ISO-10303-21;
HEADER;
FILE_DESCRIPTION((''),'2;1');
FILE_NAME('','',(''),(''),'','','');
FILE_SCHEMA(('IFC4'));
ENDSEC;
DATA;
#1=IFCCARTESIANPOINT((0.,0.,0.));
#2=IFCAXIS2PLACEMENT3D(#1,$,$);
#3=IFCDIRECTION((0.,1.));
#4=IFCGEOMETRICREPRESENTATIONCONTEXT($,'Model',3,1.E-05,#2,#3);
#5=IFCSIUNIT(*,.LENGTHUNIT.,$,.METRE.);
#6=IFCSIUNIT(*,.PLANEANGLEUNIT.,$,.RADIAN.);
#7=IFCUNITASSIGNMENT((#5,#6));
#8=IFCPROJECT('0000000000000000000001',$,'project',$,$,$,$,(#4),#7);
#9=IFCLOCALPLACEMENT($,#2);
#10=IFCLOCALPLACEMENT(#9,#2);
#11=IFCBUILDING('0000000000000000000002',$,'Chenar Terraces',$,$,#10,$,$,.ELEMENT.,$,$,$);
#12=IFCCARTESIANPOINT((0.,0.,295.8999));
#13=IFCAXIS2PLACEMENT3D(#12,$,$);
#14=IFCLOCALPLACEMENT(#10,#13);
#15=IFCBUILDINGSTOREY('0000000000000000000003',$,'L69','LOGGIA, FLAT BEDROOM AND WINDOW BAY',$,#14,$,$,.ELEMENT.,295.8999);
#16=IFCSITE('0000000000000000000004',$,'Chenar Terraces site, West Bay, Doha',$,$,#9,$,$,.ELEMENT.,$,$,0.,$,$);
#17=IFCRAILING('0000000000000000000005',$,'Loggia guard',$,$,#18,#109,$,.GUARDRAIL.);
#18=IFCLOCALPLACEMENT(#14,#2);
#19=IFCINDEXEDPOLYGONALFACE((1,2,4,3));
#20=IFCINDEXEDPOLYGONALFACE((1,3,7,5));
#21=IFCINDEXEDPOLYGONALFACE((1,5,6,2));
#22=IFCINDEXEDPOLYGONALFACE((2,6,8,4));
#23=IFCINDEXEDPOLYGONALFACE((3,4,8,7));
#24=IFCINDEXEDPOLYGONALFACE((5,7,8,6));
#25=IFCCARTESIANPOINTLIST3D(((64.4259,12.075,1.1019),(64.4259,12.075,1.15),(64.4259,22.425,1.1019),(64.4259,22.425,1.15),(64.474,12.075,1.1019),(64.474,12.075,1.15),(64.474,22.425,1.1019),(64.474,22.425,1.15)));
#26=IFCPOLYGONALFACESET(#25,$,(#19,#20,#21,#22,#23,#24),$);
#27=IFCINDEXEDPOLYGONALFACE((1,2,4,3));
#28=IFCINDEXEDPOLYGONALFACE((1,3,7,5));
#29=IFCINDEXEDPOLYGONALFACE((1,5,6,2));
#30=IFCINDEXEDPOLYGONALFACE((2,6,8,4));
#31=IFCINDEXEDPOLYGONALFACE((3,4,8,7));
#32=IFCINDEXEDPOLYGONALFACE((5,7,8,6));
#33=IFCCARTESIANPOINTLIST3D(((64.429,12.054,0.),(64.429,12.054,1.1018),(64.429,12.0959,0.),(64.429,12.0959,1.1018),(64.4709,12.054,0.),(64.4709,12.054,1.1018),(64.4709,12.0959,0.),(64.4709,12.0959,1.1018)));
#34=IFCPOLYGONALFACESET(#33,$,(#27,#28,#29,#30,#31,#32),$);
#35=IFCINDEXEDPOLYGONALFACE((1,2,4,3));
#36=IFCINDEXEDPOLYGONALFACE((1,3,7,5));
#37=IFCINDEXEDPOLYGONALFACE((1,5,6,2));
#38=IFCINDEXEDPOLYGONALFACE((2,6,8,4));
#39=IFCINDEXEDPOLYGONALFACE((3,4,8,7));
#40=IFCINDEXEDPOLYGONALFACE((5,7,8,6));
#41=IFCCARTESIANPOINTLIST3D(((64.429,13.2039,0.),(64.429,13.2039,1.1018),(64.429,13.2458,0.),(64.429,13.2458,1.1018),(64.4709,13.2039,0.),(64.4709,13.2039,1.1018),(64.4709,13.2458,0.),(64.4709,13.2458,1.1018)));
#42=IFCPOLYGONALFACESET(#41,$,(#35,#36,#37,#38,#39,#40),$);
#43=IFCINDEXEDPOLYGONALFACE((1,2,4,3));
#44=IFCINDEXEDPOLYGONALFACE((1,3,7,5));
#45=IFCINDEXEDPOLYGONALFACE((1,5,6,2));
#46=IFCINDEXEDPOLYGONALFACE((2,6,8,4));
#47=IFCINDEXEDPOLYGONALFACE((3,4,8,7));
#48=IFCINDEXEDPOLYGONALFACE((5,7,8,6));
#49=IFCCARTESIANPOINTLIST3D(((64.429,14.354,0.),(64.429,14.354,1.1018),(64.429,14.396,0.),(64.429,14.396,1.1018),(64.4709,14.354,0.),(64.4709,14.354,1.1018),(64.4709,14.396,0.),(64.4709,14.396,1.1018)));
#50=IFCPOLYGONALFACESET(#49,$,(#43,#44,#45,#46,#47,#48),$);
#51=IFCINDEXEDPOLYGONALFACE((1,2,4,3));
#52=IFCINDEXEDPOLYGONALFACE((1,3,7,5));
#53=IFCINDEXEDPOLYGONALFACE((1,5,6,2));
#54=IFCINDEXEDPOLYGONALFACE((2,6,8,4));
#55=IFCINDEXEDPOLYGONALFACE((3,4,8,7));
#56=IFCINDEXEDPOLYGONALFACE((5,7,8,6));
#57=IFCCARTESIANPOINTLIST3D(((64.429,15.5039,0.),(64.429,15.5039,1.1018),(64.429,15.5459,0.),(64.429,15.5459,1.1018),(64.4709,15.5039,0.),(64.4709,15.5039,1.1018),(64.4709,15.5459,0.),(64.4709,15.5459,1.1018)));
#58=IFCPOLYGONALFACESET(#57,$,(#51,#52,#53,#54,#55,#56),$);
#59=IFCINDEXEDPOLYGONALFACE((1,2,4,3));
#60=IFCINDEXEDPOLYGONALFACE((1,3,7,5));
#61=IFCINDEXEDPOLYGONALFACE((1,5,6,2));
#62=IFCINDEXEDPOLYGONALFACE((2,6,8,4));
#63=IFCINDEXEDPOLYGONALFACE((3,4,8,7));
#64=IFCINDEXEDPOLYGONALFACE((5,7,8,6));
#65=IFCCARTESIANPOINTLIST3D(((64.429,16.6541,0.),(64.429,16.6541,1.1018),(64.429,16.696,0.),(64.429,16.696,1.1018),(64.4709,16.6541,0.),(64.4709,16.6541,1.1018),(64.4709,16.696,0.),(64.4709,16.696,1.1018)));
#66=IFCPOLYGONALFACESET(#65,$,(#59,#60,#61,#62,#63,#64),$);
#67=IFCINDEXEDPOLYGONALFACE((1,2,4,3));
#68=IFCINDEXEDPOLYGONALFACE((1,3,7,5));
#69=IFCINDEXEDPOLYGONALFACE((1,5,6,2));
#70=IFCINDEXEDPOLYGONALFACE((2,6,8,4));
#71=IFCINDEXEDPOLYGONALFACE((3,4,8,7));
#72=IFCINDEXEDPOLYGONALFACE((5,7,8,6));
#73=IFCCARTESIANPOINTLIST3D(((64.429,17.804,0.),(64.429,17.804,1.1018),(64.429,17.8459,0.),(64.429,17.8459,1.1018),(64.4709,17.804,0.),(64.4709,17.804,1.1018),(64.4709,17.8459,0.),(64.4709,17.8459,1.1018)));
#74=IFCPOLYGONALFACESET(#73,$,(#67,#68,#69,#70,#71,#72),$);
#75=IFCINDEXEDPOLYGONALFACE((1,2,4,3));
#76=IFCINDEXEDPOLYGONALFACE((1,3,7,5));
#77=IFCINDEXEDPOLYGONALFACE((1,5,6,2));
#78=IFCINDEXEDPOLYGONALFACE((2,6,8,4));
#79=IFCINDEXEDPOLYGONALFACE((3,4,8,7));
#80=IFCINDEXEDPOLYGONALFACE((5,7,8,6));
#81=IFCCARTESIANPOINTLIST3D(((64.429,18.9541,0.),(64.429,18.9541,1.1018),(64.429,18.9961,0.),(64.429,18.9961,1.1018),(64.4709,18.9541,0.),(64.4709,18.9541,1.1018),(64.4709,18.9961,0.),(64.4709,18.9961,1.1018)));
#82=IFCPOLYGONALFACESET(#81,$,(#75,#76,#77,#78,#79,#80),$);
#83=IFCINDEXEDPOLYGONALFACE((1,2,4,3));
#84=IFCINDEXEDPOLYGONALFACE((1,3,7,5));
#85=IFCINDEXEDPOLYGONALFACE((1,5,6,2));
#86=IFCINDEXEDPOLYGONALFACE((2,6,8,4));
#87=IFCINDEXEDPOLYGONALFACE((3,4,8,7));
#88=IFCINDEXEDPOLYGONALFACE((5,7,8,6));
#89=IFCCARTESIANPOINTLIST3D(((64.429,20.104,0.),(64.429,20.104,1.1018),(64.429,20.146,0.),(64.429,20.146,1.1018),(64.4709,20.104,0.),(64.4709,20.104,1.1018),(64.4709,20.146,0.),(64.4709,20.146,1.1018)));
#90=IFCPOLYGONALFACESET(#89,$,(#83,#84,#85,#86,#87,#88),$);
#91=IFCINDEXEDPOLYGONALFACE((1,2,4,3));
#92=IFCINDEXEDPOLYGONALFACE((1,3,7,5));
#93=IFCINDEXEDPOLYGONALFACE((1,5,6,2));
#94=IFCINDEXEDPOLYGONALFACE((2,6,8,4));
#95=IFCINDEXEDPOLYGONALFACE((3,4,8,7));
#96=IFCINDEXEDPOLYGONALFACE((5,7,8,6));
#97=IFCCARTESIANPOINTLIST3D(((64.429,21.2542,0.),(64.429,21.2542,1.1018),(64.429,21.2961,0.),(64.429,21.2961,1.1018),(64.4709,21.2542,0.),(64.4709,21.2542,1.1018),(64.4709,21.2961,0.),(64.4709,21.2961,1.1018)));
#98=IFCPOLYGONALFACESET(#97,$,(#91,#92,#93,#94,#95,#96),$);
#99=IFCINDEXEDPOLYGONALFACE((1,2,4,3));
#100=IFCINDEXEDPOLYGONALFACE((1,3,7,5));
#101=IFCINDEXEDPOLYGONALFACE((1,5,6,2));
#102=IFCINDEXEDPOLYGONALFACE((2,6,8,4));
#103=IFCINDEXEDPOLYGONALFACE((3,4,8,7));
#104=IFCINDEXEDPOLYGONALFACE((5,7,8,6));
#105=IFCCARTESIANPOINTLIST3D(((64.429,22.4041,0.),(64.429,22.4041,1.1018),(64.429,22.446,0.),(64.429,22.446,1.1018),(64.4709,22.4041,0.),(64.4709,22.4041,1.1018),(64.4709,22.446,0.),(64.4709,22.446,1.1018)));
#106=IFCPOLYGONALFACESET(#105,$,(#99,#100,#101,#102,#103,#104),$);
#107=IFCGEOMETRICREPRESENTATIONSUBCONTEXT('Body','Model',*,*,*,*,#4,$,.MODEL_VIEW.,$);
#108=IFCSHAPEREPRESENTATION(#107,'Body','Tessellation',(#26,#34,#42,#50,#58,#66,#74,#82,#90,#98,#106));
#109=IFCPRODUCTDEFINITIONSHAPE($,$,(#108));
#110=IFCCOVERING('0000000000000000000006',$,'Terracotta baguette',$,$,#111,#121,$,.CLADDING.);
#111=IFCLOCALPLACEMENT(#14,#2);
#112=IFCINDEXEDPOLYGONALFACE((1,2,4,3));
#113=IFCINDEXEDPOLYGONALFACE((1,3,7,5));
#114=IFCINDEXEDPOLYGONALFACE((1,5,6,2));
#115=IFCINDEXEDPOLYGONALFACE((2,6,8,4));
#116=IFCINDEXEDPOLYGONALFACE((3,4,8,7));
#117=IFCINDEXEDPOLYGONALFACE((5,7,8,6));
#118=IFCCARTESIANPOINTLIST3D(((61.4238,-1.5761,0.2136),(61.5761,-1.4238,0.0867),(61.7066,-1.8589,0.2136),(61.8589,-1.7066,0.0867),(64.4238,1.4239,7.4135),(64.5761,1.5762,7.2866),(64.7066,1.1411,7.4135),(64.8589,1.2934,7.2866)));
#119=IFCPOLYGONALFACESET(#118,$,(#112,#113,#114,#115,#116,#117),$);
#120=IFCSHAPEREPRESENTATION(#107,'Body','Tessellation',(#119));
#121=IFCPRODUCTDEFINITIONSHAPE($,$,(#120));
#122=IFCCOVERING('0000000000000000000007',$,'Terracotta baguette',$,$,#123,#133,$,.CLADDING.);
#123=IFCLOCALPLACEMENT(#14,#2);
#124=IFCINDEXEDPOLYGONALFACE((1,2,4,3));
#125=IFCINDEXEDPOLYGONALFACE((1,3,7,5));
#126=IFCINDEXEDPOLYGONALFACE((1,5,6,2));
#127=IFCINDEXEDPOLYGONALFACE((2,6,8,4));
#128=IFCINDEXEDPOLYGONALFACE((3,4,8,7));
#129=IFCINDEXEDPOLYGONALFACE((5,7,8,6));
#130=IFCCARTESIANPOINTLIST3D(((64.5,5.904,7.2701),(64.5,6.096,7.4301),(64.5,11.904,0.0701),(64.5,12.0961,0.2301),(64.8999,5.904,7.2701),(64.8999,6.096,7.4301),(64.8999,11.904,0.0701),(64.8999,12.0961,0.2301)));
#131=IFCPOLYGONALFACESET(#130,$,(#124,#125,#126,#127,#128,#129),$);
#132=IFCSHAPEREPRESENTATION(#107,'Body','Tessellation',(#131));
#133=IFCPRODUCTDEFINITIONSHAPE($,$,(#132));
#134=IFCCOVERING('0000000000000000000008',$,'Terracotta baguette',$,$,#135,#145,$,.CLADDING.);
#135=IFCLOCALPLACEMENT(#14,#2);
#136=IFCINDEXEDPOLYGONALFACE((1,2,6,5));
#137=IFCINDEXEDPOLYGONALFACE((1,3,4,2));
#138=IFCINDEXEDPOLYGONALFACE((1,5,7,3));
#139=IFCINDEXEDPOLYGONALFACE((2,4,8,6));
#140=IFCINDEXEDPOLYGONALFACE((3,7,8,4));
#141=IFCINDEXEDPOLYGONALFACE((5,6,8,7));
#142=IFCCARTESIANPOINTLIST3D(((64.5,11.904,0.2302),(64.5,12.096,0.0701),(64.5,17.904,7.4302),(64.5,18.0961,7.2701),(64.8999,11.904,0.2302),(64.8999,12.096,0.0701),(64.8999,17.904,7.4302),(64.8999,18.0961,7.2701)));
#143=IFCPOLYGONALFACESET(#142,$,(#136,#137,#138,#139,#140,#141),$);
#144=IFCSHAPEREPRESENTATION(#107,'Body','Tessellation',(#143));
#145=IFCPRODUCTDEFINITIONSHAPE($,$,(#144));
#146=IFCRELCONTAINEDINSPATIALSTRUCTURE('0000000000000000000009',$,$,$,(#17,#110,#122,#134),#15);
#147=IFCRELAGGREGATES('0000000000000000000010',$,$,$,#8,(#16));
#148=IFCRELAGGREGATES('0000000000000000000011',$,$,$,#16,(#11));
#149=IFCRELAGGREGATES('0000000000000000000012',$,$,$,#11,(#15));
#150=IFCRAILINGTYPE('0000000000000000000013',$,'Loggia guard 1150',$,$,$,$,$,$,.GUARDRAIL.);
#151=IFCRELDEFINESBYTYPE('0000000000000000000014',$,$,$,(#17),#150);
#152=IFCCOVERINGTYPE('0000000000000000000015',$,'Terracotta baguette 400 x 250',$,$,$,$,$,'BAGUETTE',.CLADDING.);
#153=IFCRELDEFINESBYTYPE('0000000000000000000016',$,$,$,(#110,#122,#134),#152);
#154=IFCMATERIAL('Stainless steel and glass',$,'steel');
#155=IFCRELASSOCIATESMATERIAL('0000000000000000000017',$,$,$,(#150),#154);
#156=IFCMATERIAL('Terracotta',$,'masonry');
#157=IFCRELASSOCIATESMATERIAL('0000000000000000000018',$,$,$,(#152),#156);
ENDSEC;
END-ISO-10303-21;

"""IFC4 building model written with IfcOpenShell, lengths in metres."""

from ifc_helpers import new_model, si_unit, direction, frame, origin, origin_2d, place, context, subcontext, project, spatial, rectangle, extrude, material, material_profile, profile_set, type_object, element, save


model = new_model("IFC4")

# Units and contexts
model_context = context("Model", 3, precision=1e-05, world=origin(), true_north=direction((0.0, 1.0)))
body_context = subcontext(model_context, "Body", "Model", "MODEL_VIEW")
ifc_project = project(units=[si_unit("LENGTHUNIT", "METRE"), si_unit("PLANEANGLEUNIT", "RADIAN")], contexts=[model_context])

# Site, building, storey
site_placement = place(None, origin())
site = spatial("IfcSite", under=ifc_project, at=site_placement, Name="Chenar Terraces site, West Bay, Doha", CompositionType="ELEMENT", RefElevation=0.0)
building_placement = place(site_placement, origin())
building = spatial("IfcBuilding", under=site, at=building_placement, Name="Chenar Terraces", CompositionType="ELEMENT")
storey_placement = place(building_placement, frame((0.0, 0.0, 295.8999)))
storey = spatial("IfcBuildingStorey", under=building, at=storey_placement, Name="L69", Description="LOGGIA, FLAT BEDROOM AND WINDOW BAY", CompositionType="ELEMENT", Elevation=295.8999)

# Railing
ifc_material_1 = material(Name="Stainless steel and glass", Category="steel")
railing_type = type_object("IfcRailingType", Name="Loggia guard 1150", PredefinedType="GUARDRAIL", material=ifc_material_1)
railing_placement = place(storey_placement, frame((64.45, 12.075, 0.0)))
element("IfcRailing", 1, at=railing_placement, inside=storey, type_object=railing_type, Name="Loggia guard", PredefinedType="GUARDRAIL", context=body_context, shape_type="SweptSolid", body=[
    extrude(rectangle(XDim=0.0481, YDim=0.0481, at=origin_2d()), frame((0.0, 0.0, 1.126), z_axis=(0.0, 1.0, 0.0), x_axis=(-1.0, 0.0, 0.0)), (0.0, 0.0, 1.0), 10.3501),
    extrude(rectangle(XDim=0.042, YDim=0.042, at=origin_2d()), origin(), (0.0, 0.0, 1.0), 1.1018),
    extrude(rectangle(XDim=0.042, YDim=0.042, at=origin_2d()), frame((0.0, 1.1499, 0.0)), (0.0, 0.0, 1.0), 1.1018),
    extrude(rectangle(XDim=0.042, YDim=0.042, at=origin_2d()), frame((0.0, 2.3, 0.0)), (0.0, 0.0, 1.0), 1.1018),
    extrude(rectangle(XDim=0.042, YDim=0.042, at=origin_2d()), frame((0.0, 3.45, 0.0)), (0.0, 0.0, 1.0), 1.1018),
    extrude(rectangle(XDim=0.042, YDim=0.042, at=origin_2d()), frame((0.0, 4.6001, 0.0)), (0.0, 0.0, 1.0), 1.1018),
    extrude(rectangle(XDim=0.042, YDim=0.042, at=origin_2d()), frame((0.0, 5.75, 0.0)), (0.0, 0.0, 1.0), 1.1018),
    extrude(rectangle(XDim=0.042, YDim=0.042, at=origin_2d()), frame((0.0, 6.9001, 0.0)), (0.0, 0.0, 1.0), 1.1018),
    extrude(rectangle(XDim=0.042, YDim=0.042, at=origin_2d()), frame((0.0, 8.05, 0.0)), (0.0, 0.0, 1.0), 1.1018),
    extrude(rectangle(XDim=0.042, YDim=0.042, at=origin_2d()), frame((0.0, 9.2002, 0.0)), (0.0, 0.0, 1.0), 1.1018),
    extrude(rectangle(XDim=0.042, YDim=0.042, at=origin_2d()), frame((0.0, 10.3501, 0.0)), (0.0, 0.0, 1.0), 1.1018),
])

# Coverings
ifc_material_2 = material(Name="Terracotta", Category="masonry")
ifc_material_profile_1 = material_profile(ifc_material_2, rectangle(XDim=0.3999, YDim=0.25, at=origin_2d()), Name="Terracotta baguette 400 x 250")
ifc_profile_set_1 = profile_set([ifc_material_profile_1], Name="Terracotta")
covering_type = type_object("IfcCoveringType", Name="Terracotta baguette 400 x 250", ElementType="BAGUETTE", PredefinedType="CLADDING", material=ifc_profile_set_1)
covering_placement = place(storey_placement, frame((61.6414, -1.6414, 0.1501), z_axis=(0.358981, 0.358981, 0.861548), x_axis=(-0.707107, 0.707107, 0.0)))
element("IfcCovering", 2, at=covering_placement, inside=storey, type_object=covering_type, Name="Terracotta baguette", PredefinedType="CLADDING", context=body_context, shape_type="SweptSolid", body=[
    extrude(rectangle(XDim=0.3999, YDim=0.25, at=origin_2d()), origin(), (0.0, 0.0, 1.0), 8.3569),
])
for number, where, z_axis, x_axis, name in (
    (3, (64.7, 6.0, 7.3501), (0.0, 0.640187, -0.768219), (-1.0, 0.0, 0.0), "Terracotta baguette"),
    (4, (64.7, 12.0, 0.1501), (0.0, 0.640187, 0.768219), (-1.0, 0.0, 0.0), "Terracotta baguette"),
):
    element("IfcCovering", number, at=place(storey_placement, frame(where, z_axis=z_axis, x_axis=x_axis)), inside=storey, type_object=covering_type, Name=name, PredefinedType="CLADDING", context=body_context, shape_type="SweptSolid", body=[
        extrude(rectangle(XDim=0.3999, YDim=0.25, at=origin_2d()), origin(), (0.0, 0.0, 1.0), 9.3723),
    ])

save(model, "model.ifc")
